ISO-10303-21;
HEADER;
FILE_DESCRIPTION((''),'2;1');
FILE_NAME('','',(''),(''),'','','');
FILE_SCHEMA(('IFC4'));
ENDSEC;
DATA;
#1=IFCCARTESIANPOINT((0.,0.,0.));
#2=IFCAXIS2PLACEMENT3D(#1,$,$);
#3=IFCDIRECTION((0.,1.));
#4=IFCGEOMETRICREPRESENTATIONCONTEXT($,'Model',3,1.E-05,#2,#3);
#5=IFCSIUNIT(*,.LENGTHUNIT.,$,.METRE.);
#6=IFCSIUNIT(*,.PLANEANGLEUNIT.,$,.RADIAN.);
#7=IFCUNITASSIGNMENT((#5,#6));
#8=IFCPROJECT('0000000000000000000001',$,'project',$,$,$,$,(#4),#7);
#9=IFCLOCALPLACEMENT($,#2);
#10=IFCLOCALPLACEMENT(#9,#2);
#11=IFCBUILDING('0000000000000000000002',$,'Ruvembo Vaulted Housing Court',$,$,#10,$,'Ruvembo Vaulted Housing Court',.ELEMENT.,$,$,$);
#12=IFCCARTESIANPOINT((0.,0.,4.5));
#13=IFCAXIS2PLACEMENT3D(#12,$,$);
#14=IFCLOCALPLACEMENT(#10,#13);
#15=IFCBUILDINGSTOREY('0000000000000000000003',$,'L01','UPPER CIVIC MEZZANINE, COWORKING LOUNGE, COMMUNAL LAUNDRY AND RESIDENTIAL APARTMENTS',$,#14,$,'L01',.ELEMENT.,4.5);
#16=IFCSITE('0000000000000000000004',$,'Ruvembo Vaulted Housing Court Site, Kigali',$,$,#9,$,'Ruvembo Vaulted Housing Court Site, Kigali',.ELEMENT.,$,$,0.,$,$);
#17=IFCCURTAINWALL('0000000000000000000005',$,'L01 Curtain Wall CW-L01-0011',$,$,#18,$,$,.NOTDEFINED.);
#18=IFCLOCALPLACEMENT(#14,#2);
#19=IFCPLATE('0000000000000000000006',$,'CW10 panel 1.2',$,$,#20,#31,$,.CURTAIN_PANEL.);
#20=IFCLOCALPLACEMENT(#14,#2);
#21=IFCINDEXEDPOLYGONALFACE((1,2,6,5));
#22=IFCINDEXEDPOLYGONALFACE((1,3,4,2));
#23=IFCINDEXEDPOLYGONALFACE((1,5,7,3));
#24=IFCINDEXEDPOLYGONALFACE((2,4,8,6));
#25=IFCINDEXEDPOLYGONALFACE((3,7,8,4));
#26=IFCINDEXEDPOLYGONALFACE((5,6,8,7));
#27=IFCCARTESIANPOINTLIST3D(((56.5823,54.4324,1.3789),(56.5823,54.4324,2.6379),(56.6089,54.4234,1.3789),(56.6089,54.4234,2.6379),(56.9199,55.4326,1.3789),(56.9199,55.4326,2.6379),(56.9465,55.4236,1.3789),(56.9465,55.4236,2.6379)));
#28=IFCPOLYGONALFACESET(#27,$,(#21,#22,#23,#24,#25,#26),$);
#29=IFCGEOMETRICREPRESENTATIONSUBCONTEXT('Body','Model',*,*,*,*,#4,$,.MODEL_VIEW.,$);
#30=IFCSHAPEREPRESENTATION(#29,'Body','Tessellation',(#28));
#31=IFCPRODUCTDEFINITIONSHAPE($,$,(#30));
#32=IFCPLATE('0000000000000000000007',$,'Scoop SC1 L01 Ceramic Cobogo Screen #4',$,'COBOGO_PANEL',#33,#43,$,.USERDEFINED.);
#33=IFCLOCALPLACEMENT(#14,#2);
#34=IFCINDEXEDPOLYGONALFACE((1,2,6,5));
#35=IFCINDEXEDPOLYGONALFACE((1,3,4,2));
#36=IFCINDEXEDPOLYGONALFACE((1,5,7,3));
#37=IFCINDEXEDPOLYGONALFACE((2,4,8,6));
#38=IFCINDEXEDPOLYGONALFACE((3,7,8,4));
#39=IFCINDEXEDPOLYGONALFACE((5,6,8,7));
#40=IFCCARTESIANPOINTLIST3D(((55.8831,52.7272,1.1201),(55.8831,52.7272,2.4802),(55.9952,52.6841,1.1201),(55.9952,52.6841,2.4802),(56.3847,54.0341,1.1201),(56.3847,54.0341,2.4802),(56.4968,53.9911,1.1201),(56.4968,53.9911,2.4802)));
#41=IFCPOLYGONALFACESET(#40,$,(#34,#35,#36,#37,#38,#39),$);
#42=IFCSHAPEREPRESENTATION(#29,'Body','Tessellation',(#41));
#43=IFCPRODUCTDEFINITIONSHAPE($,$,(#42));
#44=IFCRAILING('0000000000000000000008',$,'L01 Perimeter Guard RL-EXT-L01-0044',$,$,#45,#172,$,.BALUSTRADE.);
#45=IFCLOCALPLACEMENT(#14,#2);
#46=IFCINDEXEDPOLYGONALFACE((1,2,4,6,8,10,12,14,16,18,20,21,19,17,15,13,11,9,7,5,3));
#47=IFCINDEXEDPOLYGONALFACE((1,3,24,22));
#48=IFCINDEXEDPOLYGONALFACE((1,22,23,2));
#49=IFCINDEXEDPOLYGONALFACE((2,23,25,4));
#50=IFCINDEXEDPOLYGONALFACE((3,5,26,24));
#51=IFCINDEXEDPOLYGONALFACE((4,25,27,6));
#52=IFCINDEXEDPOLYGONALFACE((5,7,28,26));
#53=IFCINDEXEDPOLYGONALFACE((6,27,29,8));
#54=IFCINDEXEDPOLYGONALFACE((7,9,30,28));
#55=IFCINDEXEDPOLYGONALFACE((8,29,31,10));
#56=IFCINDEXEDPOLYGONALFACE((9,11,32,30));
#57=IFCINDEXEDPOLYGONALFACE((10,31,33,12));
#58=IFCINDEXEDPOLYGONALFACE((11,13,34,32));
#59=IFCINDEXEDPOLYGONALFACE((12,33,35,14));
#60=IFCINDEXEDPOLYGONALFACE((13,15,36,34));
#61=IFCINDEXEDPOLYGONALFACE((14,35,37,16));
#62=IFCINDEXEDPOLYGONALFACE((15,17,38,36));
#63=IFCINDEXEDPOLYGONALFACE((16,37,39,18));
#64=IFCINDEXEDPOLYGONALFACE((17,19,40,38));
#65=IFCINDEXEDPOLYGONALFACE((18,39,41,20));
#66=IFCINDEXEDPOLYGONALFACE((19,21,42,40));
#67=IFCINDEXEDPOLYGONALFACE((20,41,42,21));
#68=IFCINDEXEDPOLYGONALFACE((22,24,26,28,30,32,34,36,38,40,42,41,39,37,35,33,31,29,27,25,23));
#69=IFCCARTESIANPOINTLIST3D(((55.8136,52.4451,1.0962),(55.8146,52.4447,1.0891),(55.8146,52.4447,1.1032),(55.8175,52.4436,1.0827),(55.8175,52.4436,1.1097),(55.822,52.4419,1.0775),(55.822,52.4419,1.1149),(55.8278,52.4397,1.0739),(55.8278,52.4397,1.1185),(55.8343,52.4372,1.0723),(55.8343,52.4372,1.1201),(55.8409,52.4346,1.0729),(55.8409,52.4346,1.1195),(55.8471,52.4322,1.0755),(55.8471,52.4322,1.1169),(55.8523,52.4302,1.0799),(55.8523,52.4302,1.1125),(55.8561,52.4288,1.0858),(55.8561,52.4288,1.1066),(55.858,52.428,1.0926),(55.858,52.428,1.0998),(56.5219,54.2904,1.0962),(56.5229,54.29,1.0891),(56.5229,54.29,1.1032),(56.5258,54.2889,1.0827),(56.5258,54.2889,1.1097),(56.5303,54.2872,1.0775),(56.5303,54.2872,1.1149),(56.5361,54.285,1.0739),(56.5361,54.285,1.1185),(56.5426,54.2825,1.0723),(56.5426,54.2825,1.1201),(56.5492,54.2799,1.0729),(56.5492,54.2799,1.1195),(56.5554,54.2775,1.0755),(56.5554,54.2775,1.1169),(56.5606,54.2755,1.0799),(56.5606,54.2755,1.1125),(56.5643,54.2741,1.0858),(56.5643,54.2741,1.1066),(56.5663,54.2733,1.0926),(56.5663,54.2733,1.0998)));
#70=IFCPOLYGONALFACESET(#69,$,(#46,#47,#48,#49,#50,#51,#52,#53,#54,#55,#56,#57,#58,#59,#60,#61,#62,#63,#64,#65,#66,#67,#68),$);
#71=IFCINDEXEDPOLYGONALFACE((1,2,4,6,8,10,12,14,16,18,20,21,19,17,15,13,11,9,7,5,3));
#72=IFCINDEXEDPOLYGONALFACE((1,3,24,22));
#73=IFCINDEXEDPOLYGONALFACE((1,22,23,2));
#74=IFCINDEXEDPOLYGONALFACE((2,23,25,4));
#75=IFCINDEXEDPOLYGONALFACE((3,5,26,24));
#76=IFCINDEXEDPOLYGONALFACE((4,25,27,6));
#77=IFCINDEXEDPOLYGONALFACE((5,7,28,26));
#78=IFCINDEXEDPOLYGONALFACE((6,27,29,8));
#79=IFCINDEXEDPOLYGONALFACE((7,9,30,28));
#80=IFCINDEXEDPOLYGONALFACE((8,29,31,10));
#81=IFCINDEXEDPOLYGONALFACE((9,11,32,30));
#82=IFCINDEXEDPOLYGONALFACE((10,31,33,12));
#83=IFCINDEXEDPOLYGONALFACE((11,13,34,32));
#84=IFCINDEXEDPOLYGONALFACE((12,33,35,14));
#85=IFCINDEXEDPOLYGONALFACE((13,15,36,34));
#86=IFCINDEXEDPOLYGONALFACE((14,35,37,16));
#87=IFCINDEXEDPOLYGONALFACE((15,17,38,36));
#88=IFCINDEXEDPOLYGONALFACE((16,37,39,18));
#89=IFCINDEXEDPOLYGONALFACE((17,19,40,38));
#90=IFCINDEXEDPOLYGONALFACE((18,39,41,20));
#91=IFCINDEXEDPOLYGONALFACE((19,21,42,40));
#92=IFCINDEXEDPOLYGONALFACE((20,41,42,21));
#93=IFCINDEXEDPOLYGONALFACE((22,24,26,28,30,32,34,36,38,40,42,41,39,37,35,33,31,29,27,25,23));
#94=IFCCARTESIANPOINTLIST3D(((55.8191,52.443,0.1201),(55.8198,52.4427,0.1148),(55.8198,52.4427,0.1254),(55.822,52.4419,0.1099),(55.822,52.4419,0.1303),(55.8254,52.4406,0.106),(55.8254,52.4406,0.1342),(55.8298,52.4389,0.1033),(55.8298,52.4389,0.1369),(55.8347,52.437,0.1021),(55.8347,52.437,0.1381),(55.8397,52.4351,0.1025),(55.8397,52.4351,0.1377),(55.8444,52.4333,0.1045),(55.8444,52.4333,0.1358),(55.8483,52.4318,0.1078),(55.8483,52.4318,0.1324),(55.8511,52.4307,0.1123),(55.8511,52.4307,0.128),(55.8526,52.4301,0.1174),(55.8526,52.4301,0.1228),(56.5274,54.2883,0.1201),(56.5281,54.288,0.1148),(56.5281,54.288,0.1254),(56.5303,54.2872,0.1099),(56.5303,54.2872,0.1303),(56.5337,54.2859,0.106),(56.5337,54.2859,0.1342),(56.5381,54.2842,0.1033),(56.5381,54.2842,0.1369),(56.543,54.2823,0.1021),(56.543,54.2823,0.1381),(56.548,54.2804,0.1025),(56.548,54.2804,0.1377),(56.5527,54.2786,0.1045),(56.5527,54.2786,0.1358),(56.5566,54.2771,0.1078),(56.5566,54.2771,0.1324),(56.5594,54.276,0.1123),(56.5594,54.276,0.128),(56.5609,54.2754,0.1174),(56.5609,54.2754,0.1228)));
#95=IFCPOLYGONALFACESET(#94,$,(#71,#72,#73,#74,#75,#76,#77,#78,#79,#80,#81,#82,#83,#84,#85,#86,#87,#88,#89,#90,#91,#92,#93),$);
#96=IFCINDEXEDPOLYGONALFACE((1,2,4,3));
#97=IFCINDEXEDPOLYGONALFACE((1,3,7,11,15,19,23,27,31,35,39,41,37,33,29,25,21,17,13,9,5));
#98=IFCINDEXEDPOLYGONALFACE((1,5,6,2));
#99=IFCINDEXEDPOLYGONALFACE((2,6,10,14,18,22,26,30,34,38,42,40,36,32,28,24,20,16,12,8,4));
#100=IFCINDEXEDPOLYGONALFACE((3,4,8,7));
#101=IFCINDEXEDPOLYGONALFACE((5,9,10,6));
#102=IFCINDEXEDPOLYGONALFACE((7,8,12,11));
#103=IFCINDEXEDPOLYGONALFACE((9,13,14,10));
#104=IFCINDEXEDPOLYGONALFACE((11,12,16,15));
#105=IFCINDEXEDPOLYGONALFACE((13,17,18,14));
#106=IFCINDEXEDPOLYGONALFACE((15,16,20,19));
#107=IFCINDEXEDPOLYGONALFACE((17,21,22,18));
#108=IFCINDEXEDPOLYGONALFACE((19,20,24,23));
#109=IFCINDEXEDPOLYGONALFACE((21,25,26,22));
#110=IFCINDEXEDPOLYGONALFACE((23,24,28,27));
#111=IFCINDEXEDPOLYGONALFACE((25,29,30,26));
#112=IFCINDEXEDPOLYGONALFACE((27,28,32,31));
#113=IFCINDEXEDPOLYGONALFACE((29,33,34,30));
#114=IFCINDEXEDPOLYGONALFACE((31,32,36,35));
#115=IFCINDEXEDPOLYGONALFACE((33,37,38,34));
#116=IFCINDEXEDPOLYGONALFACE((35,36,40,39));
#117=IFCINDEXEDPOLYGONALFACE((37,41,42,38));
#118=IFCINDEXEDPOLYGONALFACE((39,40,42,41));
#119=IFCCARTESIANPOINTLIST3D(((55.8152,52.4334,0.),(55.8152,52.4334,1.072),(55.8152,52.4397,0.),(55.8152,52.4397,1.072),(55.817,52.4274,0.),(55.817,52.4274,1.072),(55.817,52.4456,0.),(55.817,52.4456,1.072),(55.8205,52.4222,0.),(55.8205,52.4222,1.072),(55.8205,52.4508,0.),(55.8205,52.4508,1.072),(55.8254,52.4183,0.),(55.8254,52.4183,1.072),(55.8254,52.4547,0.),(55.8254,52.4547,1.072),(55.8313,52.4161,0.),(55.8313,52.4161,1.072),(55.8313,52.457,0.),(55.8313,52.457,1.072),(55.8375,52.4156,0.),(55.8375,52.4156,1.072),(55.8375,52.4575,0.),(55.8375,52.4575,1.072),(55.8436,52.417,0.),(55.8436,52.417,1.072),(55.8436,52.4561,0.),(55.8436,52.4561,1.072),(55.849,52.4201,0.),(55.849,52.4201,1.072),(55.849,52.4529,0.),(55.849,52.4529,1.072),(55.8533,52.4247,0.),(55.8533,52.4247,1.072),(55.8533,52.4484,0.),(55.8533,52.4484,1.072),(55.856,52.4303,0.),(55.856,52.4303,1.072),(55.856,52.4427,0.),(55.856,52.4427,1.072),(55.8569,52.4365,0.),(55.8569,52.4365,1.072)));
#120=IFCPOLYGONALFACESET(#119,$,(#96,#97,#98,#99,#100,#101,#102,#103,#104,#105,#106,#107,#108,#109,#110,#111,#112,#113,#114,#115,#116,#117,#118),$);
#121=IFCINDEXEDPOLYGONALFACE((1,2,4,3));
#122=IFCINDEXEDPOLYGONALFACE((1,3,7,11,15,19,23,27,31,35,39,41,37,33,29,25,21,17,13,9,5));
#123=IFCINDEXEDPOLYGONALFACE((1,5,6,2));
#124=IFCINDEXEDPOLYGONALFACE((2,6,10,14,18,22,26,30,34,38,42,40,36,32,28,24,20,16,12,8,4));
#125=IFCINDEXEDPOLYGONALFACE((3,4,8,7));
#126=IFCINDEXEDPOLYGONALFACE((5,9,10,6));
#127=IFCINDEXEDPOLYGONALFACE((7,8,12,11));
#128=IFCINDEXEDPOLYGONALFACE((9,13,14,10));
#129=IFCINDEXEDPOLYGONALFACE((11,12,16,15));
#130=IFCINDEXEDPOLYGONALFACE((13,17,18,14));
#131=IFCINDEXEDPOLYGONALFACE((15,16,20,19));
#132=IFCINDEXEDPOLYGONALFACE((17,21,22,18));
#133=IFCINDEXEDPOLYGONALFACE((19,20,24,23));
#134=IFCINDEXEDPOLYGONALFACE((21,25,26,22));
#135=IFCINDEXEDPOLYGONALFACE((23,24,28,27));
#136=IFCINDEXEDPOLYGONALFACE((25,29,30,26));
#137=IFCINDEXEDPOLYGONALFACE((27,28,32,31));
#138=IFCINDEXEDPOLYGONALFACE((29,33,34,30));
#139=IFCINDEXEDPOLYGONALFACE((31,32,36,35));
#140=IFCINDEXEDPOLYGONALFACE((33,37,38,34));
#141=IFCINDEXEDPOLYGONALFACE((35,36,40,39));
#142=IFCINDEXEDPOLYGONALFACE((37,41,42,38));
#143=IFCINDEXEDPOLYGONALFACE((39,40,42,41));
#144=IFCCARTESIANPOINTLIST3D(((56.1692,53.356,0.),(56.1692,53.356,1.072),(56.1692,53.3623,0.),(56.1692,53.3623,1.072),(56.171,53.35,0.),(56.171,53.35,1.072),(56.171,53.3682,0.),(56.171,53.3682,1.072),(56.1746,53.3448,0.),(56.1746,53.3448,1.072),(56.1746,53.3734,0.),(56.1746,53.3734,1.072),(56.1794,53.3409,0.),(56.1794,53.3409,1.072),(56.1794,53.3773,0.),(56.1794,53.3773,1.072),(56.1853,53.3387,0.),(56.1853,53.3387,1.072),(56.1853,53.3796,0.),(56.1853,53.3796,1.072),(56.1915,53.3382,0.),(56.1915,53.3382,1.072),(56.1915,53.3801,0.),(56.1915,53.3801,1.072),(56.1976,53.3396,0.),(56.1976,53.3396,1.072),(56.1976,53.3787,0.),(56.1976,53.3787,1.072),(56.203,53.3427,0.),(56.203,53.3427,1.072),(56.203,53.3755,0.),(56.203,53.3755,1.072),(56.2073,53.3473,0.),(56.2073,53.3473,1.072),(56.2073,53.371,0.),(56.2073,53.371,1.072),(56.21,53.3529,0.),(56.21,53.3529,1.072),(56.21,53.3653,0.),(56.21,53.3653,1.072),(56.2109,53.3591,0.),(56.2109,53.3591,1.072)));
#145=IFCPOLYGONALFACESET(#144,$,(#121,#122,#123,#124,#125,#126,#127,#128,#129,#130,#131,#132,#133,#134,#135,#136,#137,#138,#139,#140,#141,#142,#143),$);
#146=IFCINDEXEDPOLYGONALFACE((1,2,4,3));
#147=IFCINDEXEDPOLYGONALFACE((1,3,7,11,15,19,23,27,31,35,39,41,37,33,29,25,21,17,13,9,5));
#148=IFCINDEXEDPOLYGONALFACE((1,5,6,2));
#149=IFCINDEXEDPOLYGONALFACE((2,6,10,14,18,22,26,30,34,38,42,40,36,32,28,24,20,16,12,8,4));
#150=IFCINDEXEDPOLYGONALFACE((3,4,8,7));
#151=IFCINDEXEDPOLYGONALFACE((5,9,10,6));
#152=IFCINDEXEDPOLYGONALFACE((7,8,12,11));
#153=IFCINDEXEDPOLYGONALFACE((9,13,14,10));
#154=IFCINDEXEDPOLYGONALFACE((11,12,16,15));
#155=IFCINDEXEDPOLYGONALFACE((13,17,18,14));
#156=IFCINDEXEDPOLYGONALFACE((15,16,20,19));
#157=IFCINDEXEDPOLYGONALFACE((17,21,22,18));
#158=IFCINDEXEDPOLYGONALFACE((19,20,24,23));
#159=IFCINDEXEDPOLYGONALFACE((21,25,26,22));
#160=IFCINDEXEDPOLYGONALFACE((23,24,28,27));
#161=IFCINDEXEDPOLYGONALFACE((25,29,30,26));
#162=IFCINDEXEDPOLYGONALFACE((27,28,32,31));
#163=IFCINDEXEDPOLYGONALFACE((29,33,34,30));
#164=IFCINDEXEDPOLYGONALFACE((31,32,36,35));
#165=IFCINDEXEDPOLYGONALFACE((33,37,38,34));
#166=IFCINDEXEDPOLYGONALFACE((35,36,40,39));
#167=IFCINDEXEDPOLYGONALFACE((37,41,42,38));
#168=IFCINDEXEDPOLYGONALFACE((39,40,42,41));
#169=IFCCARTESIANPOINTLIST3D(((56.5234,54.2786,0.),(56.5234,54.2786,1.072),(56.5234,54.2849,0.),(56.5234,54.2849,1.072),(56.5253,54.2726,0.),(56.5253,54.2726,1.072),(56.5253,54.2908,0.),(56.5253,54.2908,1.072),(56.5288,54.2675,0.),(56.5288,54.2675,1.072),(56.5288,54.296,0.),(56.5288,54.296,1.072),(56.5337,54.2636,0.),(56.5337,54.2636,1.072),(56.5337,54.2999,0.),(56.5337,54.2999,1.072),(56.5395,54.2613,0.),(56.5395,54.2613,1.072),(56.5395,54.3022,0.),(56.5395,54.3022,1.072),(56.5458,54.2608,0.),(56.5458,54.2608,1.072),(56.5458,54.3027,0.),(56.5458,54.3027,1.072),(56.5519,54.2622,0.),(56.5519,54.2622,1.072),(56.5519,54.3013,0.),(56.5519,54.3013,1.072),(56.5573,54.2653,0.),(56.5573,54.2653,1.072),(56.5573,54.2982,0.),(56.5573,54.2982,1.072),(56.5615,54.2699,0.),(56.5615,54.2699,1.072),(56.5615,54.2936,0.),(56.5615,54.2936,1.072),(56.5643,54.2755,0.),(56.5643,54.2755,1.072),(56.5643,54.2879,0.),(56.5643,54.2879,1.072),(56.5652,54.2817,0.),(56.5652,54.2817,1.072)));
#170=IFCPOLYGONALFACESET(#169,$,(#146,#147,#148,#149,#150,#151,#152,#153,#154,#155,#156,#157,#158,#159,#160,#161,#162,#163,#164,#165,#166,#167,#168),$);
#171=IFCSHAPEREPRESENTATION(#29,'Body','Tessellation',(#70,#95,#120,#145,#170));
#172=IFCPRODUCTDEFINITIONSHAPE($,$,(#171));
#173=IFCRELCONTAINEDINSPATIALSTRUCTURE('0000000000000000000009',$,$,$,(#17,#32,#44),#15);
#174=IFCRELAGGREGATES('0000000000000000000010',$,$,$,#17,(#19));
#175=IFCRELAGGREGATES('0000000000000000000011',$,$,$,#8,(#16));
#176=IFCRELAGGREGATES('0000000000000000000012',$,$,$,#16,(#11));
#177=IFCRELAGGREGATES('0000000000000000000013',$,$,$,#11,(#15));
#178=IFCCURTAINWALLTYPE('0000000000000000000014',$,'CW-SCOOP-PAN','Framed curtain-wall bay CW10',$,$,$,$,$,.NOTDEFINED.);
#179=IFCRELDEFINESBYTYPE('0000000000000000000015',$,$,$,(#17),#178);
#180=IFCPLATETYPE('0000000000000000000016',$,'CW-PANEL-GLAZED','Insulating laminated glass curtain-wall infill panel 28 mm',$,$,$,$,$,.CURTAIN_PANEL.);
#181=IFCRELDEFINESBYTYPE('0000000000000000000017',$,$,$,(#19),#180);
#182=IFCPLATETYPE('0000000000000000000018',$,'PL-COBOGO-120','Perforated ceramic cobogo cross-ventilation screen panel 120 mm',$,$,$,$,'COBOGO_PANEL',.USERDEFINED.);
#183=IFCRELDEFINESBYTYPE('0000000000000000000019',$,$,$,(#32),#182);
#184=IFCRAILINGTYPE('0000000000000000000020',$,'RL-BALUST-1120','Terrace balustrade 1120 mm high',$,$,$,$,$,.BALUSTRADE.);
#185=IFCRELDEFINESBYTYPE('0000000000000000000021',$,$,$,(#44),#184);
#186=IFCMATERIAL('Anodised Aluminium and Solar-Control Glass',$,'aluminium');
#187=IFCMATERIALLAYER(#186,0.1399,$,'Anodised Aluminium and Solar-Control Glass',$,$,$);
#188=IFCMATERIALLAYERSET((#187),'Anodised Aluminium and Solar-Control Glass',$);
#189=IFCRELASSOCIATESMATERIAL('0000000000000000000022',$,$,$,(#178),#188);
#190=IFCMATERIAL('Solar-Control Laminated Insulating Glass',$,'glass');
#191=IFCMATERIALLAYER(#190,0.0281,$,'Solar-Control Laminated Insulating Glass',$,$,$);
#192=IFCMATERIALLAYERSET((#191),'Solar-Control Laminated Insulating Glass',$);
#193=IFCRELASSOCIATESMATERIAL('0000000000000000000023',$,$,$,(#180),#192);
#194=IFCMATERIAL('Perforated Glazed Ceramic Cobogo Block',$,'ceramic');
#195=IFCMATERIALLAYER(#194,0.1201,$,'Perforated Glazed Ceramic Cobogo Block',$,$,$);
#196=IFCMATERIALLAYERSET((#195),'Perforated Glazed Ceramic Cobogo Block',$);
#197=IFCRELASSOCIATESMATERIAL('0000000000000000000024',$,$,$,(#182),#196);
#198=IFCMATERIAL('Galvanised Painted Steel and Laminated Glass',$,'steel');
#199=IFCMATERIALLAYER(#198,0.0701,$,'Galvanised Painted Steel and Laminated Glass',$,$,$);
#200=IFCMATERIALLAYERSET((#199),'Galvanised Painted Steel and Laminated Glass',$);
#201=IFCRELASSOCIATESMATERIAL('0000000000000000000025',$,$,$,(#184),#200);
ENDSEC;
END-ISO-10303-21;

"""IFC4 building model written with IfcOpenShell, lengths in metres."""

from ifc_helpers import new_model, si_unit, direction, frame, origin, origin_2d, place, context, subcontext, project, spatial, rectangle, circle, extrude, material, layer, layer_set, type_object, element, aggregate, save


model = new_model("IFC4")

# Units and contexts
model_context = context("Model", 3, precision=1e-05, world=origin(), true_north=direction((0.0, 1.0)))
body_context = subcontext(model_context, "Body", "Model", "MODEL_VIEW")
ifc_project = project(units=[si_unit("LENGTHUNIT", "METRE"), si_unit("PLANEANGLEUNIT", "RADIAN")], contexts=[model_context])

# Site, building, storey
site_placement = place(None, origin())
site = spatial("IfcSite", under=ifc_project, at=site_placement, Name="Ruvembo Vaulted Housing Court Site, Kigali", LongName="Ruvembo Vaulted Housing Court Site, Kigali", CompositionType="ELEMENT", RefElevation=0.0)
building_placement = place(site_placement, origin())
building = spatial("IfcBuilding", under=site, at=building_placement, Name="Ruvembo Vaulted Housing Court", LongName="Ruvembo Vaulted Housing Court", CompositionType="ELEMENT")
storey_placement = place(building_placement, frame((0.0, 0.0, 4.5)))
storey = spatial("IfcBuildingStorey", under=building, at=storey_placement, Name="L01", Description="UPPER CIVIC MEZZANINE, COWORKING LOUNGE, COMMUNAL LAUNDRY AND RESIDENTIAL APARTMENTS", LongName="L01", CompositionType="ELEMENT", Elevation=4.5)

# Curtain wall
ifc_material_1 = material(Name="Anodised Aluminium and Solar-Control Glass", Category="aluminium")
ifc_layer_1 = layer(ifc_material_1, 0.1399, Name="Anodised Aluminium and Solar-Control Glass")
ifc_layer_set_1 = layer_set([ifc_layer_1], Name="Anodised Aluminium and Solar-Control Glass")
curtain_wall_type_1 = type_object("IfcCurtainWallType", Name="CW-SCOOP-PAN", Description="Framed curtain-wall bay CW10", PredefinedType="NOTDEFINED", material=ifc_layer_set_1)
curtain_wall_1_placement = place(storey_placement, origin())
curtain_wall_1 = element("IfcCurtainWall", 1, at=curtain_wall_1_placement, inside=storey, type_object=curtain_wall_type_1, Name="L01 Curtain Wall CW-L01-0011", PredefinedType="NOTDEFINED")

# Plates
ifc_material_2 = material(Name="Solar-Control Laminated Insulating Glass", Category="glass")
ifc_layer_2 = layer(ifc_material_2, 0.0281, Name="Solar-Control Laminated Insulating Glass")
ifc_layer_set_2 = layer_set([ifc_layer_2], Name="Solar-Control Laminated Insulating Glass")
plate_type_1 = type_object("IfcPlateType", Name="CW-PANEL-GLAZED", Description="Insulating laminated glass curtain-wall infill panel 28 mm", PredefinedType="CURTAIN_PANEL", material=ifc_layer_set_2)
plate_1_placement = place(storey_placement, frame((56.7644, 54.928, 1.3789), z_axis=(0.0, 0.0, 1.0), x_axis=(0.319836, 0.947473, 0.0)))
plate_1 = element("IfcPlate", 2, at=plate_1_placement, type_object=plate_type_1, Name="CW10 panel 1.2", PredefinedType="CURTAIN_PANEL", context=body_context, shape_type="SweptSolid", body=[
    extrude(rectangle(XDim=1.0557, YDim=0.0281, at=origin_2d()), origin(), (0.0, 0.0, 1.0), 1.259),
])
aggregate(curtain_wall_1, [plate_1])
ifc_material_3 = material(Name="Perforated Glazed Ceramic Cobogo Block", Category="ceramic")
ifc_layer_3 = layer(ifc_material_3, 0.1201, Name="Perforated Glazed Ceramic Cobogo Block")
ifc_layer_set_3 = layer_set([ifc_layer_3], Name="Perforated Glazed Ceramic Cobogo Block")
plate_type_2 = type_object("IfcPlateType", Name="PL-COBOGO-120", Description="Perforated ceramic cobogo cross-ventilation screen panel 120 mm", ElementType="COBOGO_PANEL", PredefinedType="USERDEFINED", material=ifc_layer_set_3)
plate_2_placement = place(storey_placement, frame((56.1899, 53.3591, 1.1201), z_axis=(0.0, 0.0, 1.0), x_axis=(0.358335, 0.933593, 0.0)))
element("IfcPlate", 3, at=plate_2_placement, inside=storey, type_object=plate_type_2, Name="Scoop SC1 L01 Ceramic Cobogo Screen #4", ObjectType="COBOGO_PANEL", PredefinedType="USERDEFINED", context=body_context, shape_type="SweptSolid", body=[
    extrude(rectangle(XDim=1.3999, YDim=0.1201, at=origin_2d()), origin(), (0.0, 0.0, 1.0), 1.3601),
])

# Railing
ifc_material_4 = material(Name="Galvanised Painted Steel and Laminated Glass", Category="steel")
ifc_layer_4 = layer(ifc_material_4, 0.0701, Name="Galvanised Painted Steel and Laminated Glass")
ifc_layer_set_4 = layer_set([ifc_layer_4], Name="Galvanised Painted Steel and Laminated Glass")
railing_type = type_object("IfcRailingType", Name="RL-BALUST-1120", Description="Terrace balustrade 1120 mm high", PredefinedType="BALUSTRADE", material=ifc_layer_set_4)
railing_placement = place(storey_placement, frame((55.8359, 52.4365, 0.0)))
element("IfcRailing", 4, at=railing_placement, inside=storey, type_object=railing_type, Name="L01 Perimeter Guard RL-EXT-L01-0044", PredefinedType="BALUSTRADE", context=body_context, shape_type="SweptSolid", body=[
    extrude(circle(Radius=0.0239, at=origin_2d()), frame((0.0, 0.0, 1.0962), z_axis=(0.358342, 0.933591, 0.0), x_axis=(-0.933591, 0.358342, 0.0)), (0.0, 0.0, 1.0), 1.9766),
    extrude(circle(Radius=0.0181, at=origin_2d()), frame((0.0, 0.0, 0.1201), z_axis=(0.358342, 0.933591, 0.0), x_axis=(-0.933591, 0.358342, 0.0)), (0.0, 0.0, 1.0), 1.9766),
    extrude(circle(Radius=0.021, at=origin_2d()), origin(), (0.0, 0.0, 1.0), 1.072),
    extrude(circle(Radius=0.021, at=origin_2d()), frame((0.354, 0.9226, 0.0)), (0.0, 0.0, 1.0), 1.072),
    extrude(circle(Radius=0.021, at=origin_2d()), frame((0.7083, 1.8452, 0.0)), (0.0, 0.0, 1.0), 1.072),
])

save(model, "model.ifc")
